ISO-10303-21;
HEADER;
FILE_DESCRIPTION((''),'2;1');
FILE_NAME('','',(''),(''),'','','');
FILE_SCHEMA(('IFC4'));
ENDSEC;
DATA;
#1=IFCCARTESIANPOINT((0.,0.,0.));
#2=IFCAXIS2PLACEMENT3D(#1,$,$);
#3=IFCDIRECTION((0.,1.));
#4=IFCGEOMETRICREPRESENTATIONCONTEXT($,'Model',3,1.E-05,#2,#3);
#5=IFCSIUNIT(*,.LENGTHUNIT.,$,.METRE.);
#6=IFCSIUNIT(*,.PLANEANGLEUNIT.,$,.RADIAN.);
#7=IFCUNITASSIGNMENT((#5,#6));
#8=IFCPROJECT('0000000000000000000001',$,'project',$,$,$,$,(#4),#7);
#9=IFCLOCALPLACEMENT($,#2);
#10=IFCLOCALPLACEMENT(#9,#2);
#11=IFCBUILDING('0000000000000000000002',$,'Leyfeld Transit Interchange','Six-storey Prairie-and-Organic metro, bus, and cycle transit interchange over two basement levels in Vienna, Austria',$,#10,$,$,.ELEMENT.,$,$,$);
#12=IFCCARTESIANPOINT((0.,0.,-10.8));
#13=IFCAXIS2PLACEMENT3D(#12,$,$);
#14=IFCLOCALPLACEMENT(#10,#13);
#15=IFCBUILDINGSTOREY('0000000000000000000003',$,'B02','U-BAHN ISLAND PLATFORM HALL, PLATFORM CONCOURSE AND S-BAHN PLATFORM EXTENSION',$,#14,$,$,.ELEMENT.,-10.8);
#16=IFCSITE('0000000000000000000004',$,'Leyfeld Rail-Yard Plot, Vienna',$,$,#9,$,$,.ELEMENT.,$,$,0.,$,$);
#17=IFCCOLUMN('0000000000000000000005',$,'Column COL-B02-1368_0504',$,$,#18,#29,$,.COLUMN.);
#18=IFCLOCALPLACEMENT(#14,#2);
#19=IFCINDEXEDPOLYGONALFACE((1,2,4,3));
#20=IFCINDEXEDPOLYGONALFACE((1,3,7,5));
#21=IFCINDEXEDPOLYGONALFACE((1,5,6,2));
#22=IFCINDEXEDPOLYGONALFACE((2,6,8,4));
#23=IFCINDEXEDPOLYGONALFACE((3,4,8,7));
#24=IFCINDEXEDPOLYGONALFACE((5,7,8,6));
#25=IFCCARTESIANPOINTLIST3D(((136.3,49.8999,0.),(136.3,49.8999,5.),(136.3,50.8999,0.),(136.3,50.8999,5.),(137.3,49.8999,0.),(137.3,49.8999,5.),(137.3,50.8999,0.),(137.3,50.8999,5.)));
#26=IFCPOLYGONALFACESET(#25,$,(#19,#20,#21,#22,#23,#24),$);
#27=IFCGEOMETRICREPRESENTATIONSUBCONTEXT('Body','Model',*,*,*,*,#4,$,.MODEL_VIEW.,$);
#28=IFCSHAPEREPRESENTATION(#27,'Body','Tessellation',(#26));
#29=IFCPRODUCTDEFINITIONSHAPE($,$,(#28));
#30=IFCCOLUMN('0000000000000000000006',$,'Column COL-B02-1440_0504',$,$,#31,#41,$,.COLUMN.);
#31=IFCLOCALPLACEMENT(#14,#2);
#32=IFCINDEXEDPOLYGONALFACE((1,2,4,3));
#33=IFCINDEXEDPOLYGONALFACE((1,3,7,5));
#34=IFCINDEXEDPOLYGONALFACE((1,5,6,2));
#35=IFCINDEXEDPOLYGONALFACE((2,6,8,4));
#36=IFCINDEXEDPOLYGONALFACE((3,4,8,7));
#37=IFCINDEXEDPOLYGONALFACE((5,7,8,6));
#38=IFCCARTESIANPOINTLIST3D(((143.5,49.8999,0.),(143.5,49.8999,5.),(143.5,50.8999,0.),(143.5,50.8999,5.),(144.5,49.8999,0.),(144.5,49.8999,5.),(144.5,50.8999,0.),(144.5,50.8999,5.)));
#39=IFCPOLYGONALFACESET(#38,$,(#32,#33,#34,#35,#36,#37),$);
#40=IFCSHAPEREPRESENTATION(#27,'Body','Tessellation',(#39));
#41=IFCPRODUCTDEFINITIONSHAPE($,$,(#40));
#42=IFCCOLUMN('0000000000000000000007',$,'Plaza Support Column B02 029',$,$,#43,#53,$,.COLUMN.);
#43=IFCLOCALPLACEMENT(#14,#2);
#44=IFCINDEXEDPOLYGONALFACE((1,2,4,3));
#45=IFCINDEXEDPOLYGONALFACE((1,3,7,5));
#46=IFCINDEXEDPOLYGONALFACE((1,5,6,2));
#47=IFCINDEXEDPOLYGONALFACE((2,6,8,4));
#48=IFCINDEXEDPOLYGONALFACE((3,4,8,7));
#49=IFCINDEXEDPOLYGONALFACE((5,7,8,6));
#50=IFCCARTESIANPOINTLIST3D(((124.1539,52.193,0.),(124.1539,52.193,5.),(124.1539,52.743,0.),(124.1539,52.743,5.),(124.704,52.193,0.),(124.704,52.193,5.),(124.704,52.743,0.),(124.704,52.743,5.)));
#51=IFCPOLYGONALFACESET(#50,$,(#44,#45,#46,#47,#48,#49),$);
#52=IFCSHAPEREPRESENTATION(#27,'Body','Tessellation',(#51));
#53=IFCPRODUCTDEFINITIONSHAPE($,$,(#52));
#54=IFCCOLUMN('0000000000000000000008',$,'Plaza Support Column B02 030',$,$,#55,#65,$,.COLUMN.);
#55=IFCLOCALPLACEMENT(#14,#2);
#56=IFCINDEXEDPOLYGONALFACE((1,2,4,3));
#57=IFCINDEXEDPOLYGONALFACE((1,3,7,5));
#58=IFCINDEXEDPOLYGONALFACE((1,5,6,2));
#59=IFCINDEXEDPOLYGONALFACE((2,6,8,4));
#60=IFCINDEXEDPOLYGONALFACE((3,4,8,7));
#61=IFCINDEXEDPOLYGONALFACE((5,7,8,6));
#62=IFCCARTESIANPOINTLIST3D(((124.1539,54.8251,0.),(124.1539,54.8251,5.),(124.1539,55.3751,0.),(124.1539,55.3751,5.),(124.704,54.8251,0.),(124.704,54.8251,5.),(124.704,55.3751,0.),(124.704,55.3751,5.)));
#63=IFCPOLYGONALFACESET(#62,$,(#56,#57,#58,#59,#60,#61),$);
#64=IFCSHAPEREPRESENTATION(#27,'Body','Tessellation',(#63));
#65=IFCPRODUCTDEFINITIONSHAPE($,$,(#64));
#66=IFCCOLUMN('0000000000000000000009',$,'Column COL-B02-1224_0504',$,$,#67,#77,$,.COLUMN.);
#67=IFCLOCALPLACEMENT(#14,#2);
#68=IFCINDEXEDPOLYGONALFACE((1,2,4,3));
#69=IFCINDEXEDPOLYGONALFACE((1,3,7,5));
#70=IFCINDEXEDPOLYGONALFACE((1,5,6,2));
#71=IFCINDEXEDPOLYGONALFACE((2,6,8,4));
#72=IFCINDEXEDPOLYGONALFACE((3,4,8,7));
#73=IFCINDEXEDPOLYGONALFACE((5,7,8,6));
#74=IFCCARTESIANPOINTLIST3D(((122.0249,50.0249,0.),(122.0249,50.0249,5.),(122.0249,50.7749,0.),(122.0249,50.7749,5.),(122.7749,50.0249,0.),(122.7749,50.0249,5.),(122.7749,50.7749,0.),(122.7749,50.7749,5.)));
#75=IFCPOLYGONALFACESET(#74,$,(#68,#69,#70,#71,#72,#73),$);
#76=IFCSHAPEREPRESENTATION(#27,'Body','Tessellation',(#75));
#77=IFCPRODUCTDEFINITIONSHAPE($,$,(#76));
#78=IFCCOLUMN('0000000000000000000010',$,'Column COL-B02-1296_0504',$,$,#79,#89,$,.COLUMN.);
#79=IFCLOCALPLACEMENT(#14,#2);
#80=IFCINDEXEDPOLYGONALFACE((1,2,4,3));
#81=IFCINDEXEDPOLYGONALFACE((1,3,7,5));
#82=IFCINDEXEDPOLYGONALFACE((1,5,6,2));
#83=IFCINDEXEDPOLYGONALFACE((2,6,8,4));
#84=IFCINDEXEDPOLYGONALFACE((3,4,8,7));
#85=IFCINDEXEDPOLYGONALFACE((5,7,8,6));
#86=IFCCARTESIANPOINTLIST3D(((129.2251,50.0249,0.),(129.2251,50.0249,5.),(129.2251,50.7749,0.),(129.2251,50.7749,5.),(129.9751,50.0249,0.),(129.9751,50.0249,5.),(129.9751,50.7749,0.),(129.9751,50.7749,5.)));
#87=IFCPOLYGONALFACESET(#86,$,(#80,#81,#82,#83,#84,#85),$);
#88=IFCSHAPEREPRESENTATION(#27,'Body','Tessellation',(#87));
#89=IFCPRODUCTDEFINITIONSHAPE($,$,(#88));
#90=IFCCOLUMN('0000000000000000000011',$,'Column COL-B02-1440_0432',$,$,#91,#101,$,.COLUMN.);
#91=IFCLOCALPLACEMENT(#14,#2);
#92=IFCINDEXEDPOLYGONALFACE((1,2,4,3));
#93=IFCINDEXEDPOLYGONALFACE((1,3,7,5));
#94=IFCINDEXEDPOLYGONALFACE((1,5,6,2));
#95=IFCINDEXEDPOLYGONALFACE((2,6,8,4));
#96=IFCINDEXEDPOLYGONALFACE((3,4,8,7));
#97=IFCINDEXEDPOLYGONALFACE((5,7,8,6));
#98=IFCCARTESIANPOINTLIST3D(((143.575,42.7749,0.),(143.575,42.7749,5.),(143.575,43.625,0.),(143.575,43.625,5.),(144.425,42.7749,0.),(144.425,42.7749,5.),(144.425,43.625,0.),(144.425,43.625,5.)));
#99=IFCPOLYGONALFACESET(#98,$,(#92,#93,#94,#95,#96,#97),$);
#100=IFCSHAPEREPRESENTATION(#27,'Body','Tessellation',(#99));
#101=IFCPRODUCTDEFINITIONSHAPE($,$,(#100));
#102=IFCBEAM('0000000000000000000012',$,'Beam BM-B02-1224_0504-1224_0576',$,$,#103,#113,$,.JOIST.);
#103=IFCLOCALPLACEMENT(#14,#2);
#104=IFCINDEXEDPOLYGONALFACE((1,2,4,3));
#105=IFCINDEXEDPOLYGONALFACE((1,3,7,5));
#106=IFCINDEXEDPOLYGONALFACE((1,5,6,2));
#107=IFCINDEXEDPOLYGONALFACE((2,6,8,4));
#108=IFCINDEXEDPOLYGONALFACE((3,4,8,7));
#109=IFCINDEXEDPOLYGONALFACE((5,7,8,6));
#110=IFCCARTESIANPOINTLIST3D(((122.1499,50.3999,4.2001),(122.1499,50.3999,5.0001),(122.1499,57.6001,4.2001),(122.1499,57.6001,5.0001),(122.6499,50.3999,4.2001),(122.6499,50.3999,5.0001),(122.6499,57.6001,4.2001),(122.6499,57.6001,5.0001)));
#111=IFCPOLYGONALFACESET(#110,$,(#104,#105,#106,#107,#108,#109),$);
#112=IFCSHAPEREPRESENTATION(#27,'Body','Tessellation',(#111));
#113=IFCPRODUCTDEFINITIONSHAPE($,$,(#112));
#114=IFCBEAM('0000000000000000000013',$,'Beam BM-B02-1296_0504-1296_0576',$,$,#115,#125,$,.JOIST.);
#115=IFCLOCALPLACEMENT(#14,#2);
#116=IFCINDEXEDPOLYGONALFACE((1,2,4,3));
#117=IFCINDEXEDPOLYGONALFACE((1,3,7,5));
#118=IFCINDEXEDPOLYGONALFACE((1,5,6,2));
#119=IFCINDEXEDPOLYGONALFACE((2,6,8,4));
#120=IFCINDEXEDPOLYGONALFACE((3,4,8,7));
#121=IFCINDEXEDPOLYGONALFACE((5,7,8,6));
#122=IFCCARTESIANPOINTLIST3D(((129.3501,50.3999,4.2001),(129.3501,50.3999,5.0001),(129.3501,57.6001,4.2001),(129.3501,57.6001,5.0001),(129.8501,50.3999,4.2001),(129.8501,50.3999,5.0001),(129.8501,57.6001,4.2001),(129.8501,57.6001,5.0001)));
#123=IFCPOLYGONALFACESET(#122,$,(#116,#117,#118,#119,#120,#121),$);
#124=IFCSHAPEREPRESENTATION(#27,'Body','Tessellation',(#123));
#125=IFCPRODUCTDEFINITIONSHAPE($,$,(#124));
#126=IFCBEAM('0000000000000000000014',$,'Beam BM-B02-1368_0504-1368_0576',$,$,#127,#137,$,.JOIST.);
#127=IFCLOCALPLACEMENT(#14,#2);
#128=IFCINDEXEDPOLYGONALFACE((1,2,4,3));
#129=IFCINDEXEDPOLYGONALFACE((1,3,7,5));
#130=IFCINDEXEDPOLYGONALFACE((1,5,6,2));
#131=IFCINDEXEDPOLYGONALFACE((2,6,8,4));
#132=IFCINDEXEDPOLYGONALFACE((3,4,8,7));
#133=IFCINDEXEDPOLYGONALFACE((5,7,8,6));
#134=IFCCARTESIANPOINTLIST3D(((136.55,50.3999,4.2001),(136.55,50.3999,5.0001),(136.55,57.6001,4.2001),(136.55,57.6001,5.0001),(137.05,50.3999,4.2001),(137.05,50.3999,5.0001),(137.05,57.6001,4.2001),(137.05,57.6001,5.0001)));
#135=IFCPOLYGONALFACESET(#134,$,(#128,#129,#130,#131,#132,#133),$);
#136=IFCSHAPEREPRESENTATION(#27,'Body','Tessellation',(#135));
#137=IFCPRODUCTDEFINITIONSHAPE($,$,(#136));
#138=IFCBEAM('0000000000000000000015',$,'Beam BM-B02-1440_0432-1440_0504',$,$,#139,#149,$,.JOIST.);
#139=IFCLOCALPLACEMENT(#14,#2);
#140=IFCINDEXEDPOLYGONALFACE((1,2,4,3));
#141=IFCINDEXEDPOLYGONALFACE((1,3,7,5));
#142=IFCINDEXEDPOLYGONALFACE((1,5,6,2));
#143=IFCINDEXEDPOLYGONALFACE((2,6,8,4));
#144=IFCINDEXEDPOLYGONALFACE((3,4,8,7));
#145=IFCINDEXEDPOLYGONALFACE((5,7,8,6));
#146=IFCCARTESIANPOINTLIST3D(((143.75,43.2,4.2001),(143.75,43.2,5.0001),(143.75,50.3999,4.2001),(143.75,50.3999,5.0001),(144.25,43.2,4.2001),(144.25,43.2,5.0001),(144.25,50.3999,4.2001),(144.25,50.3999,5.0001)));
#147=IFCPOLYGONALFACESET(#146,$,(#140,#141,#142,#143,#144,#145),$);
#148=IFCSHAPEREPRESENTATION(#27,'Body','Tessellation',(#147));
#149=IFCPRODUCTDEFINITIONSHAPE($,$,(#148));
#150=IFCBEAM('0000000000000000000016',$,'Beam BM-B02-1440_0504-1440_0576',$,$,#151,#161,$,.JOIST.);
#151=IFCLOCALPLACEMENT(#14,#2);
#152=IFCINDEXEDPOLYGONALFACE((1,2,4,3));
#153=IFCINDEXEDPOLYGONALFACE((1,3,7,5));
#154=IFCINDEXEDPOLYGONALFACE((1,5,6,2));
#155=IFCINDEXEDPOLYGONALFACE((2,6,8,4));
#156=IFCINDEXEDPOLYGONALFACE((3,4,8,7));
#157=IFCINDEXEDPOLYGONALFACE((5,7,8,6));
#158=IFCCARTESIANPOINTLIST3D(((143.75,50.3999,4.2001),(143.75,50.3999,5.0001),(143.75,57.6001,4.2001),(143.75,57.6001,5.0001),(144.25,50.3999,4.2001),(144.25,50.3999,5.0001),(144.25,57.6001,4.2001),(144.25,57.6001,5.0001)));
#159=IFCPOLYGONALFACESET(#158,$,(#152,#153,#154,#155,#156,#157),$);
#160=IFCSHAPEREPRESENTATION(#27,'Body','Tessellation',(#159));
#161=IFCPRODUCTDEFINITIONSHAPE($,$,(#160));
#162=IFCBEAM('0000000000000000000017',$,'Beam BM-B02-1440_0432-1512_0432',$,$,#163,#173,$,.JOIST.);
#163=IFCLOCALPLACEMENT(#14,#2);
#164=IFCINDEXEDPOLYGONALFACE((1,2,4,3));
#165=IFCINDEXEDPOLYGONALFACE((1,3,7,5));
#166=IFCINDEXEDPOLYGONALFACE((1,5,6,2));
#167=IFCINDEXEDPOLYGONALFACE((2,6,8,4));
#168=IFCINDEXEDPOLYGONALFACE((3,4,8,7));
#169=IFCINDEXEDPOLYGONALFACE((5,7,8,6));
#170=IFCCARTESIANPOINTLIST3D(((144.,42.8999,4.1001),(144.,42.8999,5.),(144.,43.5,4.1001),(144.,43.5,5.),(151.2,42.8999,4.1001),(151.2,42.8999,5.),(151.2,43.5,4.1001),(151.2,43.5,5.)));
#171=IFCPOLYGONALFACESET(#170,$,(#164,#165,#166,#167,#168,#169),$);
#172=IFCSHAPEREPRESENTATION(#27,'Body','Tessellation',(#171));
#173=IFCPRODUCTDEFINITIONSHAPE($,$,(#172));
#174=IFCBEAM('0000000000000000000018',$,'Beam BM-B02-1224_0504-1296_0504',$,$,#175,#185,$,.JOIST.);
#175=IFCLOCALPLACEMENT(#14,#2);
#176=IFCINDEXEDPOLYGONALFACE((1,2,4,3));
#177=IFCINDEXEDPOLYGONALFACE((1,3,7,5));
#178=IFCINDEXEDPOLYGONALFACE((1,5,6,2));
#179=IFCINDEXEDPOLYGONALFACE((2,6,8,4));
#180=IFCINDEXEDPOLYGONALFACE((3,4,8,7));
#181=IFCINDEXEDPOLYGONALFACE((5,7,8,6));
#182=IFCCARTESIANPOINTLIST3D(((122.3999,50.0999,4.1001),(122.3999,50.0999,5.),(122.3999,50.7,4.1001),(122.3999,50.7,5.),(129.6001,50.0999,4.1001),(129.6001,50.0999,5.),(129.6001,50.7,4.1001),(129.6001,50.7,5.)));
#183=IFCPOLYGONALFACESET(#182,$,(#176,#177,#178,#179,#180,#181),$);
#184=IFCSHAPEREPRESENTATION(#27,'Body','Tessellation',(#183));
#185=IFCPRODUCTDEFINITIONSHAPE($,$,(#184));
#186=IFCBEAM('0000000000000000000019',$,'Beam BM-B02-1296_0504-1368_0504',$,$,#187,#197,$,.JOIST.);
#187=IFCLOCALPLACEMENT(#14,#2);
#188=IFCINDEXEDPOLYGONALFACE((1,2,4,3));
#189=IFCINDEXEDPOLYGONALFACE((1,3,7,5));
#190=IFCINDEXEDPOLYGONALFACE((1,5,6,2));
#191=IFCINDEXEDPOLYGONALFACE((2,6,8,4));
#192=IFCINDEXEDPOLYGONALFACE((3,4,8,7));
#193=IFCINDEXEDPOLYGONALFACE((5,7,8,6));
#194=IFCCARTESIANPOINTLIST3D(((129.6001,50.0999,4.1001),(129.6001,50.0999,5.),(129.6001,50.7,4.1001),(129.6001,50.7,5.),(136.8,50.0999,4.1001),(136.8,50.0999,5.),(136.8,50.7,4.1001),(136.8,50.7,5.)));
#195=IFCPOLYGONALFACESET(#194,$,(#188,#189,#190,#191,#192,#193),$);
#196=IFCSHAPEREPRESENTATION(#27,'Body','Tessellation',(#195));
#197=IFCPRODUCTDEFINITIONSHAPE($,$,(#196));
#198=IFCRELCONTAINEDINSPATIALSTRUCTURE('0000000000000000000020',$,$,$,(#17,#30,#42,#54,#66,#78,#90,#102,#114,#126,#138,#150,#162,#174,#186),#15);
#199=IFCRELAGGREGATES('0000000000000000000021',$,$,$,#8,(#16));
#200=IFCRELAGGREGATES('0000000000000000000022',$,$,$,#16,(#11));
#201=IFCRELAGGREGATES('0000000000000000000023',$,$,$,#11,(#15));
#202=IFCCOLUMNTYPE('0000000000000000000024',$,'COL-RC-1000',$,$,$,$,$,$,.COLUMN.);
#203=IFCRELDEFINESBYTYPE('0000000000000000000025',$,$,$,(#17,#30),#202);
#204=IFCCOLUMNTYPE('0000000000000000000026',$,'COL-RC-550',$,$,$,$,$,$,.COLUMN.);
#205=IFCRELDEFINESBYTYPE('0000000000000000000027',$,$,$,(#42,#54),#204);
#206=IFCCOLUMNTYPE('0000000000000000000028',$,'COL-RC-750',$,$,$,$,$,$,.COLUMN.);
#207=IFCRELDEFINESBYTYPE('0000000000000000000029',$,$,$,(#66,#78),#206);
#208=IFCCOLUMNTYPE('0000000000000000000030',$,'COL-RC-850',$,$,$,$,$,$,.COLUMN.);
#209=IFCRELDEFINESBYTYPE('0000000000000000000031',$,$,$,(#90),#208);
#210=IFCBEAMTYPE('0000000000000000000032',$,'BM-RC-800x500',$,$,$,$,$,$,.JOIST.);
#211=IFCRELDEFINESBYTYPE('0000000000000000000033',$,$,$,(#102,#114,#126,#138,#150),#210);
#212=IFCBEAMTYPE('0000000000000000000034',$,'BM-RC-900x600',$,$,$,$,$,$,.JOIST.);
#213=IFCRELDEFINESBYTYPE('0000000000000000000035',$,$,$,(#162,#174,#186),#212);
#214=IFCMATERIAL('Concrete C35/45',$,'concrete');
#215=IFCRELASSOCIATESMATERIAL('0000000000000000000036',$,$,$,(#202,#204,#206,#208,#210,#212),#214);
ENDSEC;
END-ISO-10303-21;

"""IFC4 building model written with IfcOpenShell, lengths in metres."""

from ifc_helpers import new_model, si_unit, direction, frame, origin, origin_2d, place, context, subcontext, project, spatial, rectangle, extrude, material, material_profile, profile_set, type_object, element, save


model = new_model("IFC4")

# Units and contexts
model_context = context("Model", 3, precision=1e-05, world=origin(), true_north=direction((0.0, 1.0)))
body_context = subcontext(model_context, "Body", "Model", "MODEL_VIEW")
ifc_project = project(units=[si_unit("LENGTHUNIT", "METRE"), si_unit("PLANEANGLEUNIT", "RADIAN")], contexts=[model_context])

# Site, building, storey
site_placement = place(None, origin())
site = spatial("IfcSite", under=ifc_project, at=site_placement, Name="Leyfeld Rail-Yard Plot, Vienna", CompositionType="ELEMENT", RefElevation=0.0)
building_placement = place(site_placement, origin())
building = spatial("IfcBuilding", under=site, at=building_placement, Name="Leyfeld Transit Interchange", Description="Six-storey Prairie-and-Organic metro, bus, and cycle transit interchange over two basement levels in Vienna, Austria", CompositionType="ELEMENT")
storey_placement = place(building_placement, frame((0.0, 0.0, -10.8)))
storey = spatial("IfcBuildingStorey", under=building, at=storey_placement, Name="B02", Description="U-BAHN ISLAND PLATFORM HALL, PLATFORM CONCOURSE AND S-BAHN PLATFORM EXTENSION", CompositionType="ELEMENT", Elevation=-10.8)

# Shared definitions
ifc_material_1 = material(Name="Concrete C35/45", Category="concrete")

# Columns
ifc_material_profile_1 = material_profile(ifc_material_1, rectangle(XDim=1.0, YDim=1.0, at=origin_2d()), Name="RC 1000x1000")
ifc_profile_set_1 = profile_set([ifc_material_profile_1], Name="Concrete C35/45")
column_type_1 = type_object("IfcColumnType", Name="COL-RC-1000", PredefinedType="COLUMN", material=ifc_profile_set_1)
for number, where, z_axis, x_axis, name in (
    (1, (136.8, 50.3999, 0.0), (0.0, 0.0, 1.0), (1.0, 0.0, 0.0), "Column COL-B02-1368_0504"),
    (2, (144.0, 50.3999, 0.0), (0.0, 0.0, 1.0), (1.0, 0.0, 0.0), "Column COL-B02-1440_0504"),
):
    element("IfcColumn", number, at=place(storey_placement, frame(where, z_axis=z_axis, x_axis=x_axis)), inside=storey, type_object=column_type_1, Name=name, PredefinedType="COLUMN", context=body_context, shape_type="SweptSolid", body=[
        extrude(rectangle(XDim=1.0, YDim=1.0, at=origin_2d()), origin(), (0.0, 0.0, 1.0), 5.0),
    ])
ifc_material_profile_2 = material_profile(ifc_material_1, rectangle(XDim=0.55, YDim=0.55, at=origin_2d()), Name="RC 550x550")
ifc_profile_set_2 = profile_set([ifc_material_profile_2], Name="Concrete C35/45")
column_type_2 = type_object("IfcColumnType", Name="COL-RC-550", PredefinedType="COLUMN", material=ifc_profile_set_2)
for number, where, z_axis, x_axis, name in (
    (3, (124.429, 52.468, 0.0), (0.0, 0.0, 1.0), (1.0, 0.0, 0.0), "Plaza Support Column B02 029"),
    (4, (124.429, 55.1001, 0.0), (0.0, 0.0, 1.0), (1.0, 0.0, 0.0), "Plaza Support Column B02 030"),
):
    element("IfcColumn", number, at=place(storey_placement, frame(where, z_axis=z_axis, x_axis=x_axis)), inside=storey, type_object=column_type_2, Name=name, PredefinedType="COLUMN", context=body_context, shape_type="SweptSolid", body=[
        extrude(rectangle(XDim=0.55, YDim=0.55, at=origin_2d()), origin(), (0.0, 0.0, 1.0), 5.0),
    ])
ifc_material_profile_3 = material_profile(ifc_material_1, rectangle(XDim=0.75, YDim=0.75, at=origin_2d()), Name="RC 750x750")
ifc_profile_set_3 = profile_set([ifc_material_profile_3], Name="Concrete C35/45")
column_type_3 = type_object("IfcColumnType", Name="COL-RC-750", PredefinedType="COLUMN", material=ifc_profile_set_3)
for number, where, z_axis, x_axis, name in (
    (5, (122.3999, 50.3999, 0.0), (0.0, 0.0, 1.0), (1.0, 0.0, 0.0), "Column COL-B02-1224_0504"),
    (6, (129.6001, 50.3999, 0.0), (0.0, 0.0, 1.0), (1.0, 0.0, 0.0), "Column COL-B02-1296_0504"),
):
    element("IfcColumn", number, at=place(storey_placement, frame(where, z_axis=z_axis, x_axis=x_axis)), inside=storey, type_object=column_type_3, Name=name, PredefinedType="COLUMN", context=body_context, shape_type="SweptSolid", body=[
        extrude(rectangle(XDim=0.75, YDim=0.75, at=origin_2d()), origin(), (0.0, 0.0, 1.0), 5.0),
    ])
ifc_material_profile_4 = material_profile(ifc_material_1, rectangle(XDim=0.8501, YDim=0.8501, at=origin_2d()), Name="RC 850x850")
ifc_profile_set_4 = profile_set([ifc_material_profile_4], Name="Concrete C35/45")
column_type_4 = type_object("IfcColumnType", Name="COL-RC-850", PredefinedType="COLUMN", material=ifc_profile_set_4)
column_placement = place(storey_placement, frame((144.0, 43.2, 0.0), z_axis=(0.0, 0.0, 1.0), x_axis=(1.0, 0.0, 0.0)))
element("IfcColumn", 7, at=column_placement, inside=storey, type_object=column_type_4, Name="Column COL-B02-1440_0432", PredefinedType="COLUMN", context=body_context, shape_type="SweptSolid", body=[
    extrude(rectangle(XDim=0.8501, YDim=0.8501, at=origin_2d()), origin(), (0.0, 0.0, 1.0), 5.0),
])

# Beams
ifc_material_profile_5 = material_profile(ifc_material_1, rectangle(XDim=0.5, YDim=0.8, at=origin_2d()), Name="RC 800x500")
ifc_profile_set_5 = profile_set([ifc_material_profile_5], Name="Concrete C35/45")
beam_type_1 = type_object("IfcBeamType", Name="BM-RC-800x500", PredefinedType="JOIST", material=ifc_profile_set_5)
for number, where, z_axis, x_axis, name in (
    (8, (122.3999, 50.3999, 4.6001), (0.0, 1.0, 0.0), (-1.0, 0.0, 0.0), "Beam BM-B02-1224_0504-1224_0576"),
    (9, (129.6001, 50.3999, 4.6001), (0.0, 1.0, 0.0), (-1.0, 0.0, 0.0), "Beam BM-B02-1296_0504-1296_0576"),
    (10, (136.8, 50.3999, 4.6001), (0.0, 1.0, 0.0), (-1.0, 0.0, 0.0), "Beam BM-B02-1368_0504-1368_0576"),
):
    element("IfcBeam", number, at=place(storey_placement, frame(where, z_axis=z_axis, x_axis=x_axis)), inside=storey, type_object=beam_type_1, Name=name, PredefinedType="JOIST", context=body_context, shape_type="SweptSolid", body=[
        extrude(rectangle(XDim=0.5, YDim=0.8, at=origin_2d()), origin(), (0.0, 0.0, 1.0), 7.2002),
    ])
beam_1_placement = place(storey_placement, frame((144.0, 43.2, 4.6001), z_axis=(0.0, 1.0, 0.0), x_axis=(-1.0, 0.0, 0.0)))
element("IfcBeam", 11, at=beam_1_placement, inside=storey, type_object=beam_type_1, Name="Beam BM-B02-1440_0432-1440_0504", PredefinedType="JOIST", context=body_context, shape_type="SweptSolid", body=[
    extrude(rectangle(XDim=0.5, YDim=0.8, at=origin_2d()), origin(), (0.0, 0.0, 1.0), 7.2),
])
beam_2_placement = place(storey_placement, frame((144.0, 50.3999, 4.6001), z_axis=(0.0, 1.0, 0.0), x_axis=(-1.0, 0.0, 0.0)))
element("IfcBeam", 12, at=beam_2_placement, inside=storey, type_object=beam_type_1, Name="Beam BM-B02-1440_0504-1440_0576", PredefinedType="JOIST", context=body_context, shape_type="SweptSolid", body=[
    extrude(rectangle(XDim=0.5, YDim=0.8, at=origin_2d()), origin(), (0.0, 0.0, 1.0), 7.2002),
])
ifc_material_profile_6 = material_profile(ifc_material_1, rectangle(XDim=0.6001, YDim=0.8999, at=origin_2d()), Name="RC 900x600")
ifc_profile_set_6 = profile_set([ifc_material_profile_6], Name="Concrete C35/45")
beam_type_2 = type_object("IfcBeamType", Name="BM-RC-900x600", PredefinedType="JOIST", material=ifc_profile_set_6)
beam_3_placement = place(storey_placement, frame((144.0, 43.2, 4.55), z_axis=(1.0, 0.0, 0.0), x_axis=(0.0, 1.0, 0.0)))
element("IfcBeam", 13, at=beam_3_placement, inside=storey, type_object=beam_type_2, Name="Beam BM-B02-1440_0432-1512_0432", PredefinedType="JOIST", context=body_context, shape_type="SweptSolid", body=[
    extrude(rectangle(XDim=0.6001, YDim=0.8999, at=origin_2d()), origin(), (0.0, 0.0, 1.0), 7.2),
])
beam_4_placement = place(storey_placement, frame((122.3999, 50.3999, 4.55), z_axis=(1.0, 0.0, 0.0), x_axis=(0.0, 1.0, 0.0)))
element("IfcBeam", 14, at=beam_4_placement, inside=storey, type_object=beam_type_2, Name="Beam BM-B02-1224_0504-1296_0504", PredefinedType="JOIST", context=body_context, shape_type="SweptSolid", body=[
    extrude(rectangle(XDim=0.6001, YDim=0.8999, at=origin_2d()), origin(), (0.0, 0.0, 1.0), 7.2002),
])
for number, where, z_axis, x_axis, name in (
    (15, (129.6001, 50.3999, 4.55), (1.0, 0.0, 0.0), (0.0, 1.0, 0.0), "Beam BM-B02-1296_0504-1368_0504"),
):
    element("IfcBeam", number, at=place(storey_placement, frame(where, z_axis=z_axis, x_axis=x_axis)), inside=storey, type_object=beam_type_2, Name=name, PredefinedType="JOIST", context=body_context, shape_type="SweptSolid", body=[
        extrude(rectangle(XDim=0.6001, YDim=0.8999, at=origin_2d()), origin(), (0.0, 0.0, 1.0), 7.2),
    ])

save(model, "model.ifc")
